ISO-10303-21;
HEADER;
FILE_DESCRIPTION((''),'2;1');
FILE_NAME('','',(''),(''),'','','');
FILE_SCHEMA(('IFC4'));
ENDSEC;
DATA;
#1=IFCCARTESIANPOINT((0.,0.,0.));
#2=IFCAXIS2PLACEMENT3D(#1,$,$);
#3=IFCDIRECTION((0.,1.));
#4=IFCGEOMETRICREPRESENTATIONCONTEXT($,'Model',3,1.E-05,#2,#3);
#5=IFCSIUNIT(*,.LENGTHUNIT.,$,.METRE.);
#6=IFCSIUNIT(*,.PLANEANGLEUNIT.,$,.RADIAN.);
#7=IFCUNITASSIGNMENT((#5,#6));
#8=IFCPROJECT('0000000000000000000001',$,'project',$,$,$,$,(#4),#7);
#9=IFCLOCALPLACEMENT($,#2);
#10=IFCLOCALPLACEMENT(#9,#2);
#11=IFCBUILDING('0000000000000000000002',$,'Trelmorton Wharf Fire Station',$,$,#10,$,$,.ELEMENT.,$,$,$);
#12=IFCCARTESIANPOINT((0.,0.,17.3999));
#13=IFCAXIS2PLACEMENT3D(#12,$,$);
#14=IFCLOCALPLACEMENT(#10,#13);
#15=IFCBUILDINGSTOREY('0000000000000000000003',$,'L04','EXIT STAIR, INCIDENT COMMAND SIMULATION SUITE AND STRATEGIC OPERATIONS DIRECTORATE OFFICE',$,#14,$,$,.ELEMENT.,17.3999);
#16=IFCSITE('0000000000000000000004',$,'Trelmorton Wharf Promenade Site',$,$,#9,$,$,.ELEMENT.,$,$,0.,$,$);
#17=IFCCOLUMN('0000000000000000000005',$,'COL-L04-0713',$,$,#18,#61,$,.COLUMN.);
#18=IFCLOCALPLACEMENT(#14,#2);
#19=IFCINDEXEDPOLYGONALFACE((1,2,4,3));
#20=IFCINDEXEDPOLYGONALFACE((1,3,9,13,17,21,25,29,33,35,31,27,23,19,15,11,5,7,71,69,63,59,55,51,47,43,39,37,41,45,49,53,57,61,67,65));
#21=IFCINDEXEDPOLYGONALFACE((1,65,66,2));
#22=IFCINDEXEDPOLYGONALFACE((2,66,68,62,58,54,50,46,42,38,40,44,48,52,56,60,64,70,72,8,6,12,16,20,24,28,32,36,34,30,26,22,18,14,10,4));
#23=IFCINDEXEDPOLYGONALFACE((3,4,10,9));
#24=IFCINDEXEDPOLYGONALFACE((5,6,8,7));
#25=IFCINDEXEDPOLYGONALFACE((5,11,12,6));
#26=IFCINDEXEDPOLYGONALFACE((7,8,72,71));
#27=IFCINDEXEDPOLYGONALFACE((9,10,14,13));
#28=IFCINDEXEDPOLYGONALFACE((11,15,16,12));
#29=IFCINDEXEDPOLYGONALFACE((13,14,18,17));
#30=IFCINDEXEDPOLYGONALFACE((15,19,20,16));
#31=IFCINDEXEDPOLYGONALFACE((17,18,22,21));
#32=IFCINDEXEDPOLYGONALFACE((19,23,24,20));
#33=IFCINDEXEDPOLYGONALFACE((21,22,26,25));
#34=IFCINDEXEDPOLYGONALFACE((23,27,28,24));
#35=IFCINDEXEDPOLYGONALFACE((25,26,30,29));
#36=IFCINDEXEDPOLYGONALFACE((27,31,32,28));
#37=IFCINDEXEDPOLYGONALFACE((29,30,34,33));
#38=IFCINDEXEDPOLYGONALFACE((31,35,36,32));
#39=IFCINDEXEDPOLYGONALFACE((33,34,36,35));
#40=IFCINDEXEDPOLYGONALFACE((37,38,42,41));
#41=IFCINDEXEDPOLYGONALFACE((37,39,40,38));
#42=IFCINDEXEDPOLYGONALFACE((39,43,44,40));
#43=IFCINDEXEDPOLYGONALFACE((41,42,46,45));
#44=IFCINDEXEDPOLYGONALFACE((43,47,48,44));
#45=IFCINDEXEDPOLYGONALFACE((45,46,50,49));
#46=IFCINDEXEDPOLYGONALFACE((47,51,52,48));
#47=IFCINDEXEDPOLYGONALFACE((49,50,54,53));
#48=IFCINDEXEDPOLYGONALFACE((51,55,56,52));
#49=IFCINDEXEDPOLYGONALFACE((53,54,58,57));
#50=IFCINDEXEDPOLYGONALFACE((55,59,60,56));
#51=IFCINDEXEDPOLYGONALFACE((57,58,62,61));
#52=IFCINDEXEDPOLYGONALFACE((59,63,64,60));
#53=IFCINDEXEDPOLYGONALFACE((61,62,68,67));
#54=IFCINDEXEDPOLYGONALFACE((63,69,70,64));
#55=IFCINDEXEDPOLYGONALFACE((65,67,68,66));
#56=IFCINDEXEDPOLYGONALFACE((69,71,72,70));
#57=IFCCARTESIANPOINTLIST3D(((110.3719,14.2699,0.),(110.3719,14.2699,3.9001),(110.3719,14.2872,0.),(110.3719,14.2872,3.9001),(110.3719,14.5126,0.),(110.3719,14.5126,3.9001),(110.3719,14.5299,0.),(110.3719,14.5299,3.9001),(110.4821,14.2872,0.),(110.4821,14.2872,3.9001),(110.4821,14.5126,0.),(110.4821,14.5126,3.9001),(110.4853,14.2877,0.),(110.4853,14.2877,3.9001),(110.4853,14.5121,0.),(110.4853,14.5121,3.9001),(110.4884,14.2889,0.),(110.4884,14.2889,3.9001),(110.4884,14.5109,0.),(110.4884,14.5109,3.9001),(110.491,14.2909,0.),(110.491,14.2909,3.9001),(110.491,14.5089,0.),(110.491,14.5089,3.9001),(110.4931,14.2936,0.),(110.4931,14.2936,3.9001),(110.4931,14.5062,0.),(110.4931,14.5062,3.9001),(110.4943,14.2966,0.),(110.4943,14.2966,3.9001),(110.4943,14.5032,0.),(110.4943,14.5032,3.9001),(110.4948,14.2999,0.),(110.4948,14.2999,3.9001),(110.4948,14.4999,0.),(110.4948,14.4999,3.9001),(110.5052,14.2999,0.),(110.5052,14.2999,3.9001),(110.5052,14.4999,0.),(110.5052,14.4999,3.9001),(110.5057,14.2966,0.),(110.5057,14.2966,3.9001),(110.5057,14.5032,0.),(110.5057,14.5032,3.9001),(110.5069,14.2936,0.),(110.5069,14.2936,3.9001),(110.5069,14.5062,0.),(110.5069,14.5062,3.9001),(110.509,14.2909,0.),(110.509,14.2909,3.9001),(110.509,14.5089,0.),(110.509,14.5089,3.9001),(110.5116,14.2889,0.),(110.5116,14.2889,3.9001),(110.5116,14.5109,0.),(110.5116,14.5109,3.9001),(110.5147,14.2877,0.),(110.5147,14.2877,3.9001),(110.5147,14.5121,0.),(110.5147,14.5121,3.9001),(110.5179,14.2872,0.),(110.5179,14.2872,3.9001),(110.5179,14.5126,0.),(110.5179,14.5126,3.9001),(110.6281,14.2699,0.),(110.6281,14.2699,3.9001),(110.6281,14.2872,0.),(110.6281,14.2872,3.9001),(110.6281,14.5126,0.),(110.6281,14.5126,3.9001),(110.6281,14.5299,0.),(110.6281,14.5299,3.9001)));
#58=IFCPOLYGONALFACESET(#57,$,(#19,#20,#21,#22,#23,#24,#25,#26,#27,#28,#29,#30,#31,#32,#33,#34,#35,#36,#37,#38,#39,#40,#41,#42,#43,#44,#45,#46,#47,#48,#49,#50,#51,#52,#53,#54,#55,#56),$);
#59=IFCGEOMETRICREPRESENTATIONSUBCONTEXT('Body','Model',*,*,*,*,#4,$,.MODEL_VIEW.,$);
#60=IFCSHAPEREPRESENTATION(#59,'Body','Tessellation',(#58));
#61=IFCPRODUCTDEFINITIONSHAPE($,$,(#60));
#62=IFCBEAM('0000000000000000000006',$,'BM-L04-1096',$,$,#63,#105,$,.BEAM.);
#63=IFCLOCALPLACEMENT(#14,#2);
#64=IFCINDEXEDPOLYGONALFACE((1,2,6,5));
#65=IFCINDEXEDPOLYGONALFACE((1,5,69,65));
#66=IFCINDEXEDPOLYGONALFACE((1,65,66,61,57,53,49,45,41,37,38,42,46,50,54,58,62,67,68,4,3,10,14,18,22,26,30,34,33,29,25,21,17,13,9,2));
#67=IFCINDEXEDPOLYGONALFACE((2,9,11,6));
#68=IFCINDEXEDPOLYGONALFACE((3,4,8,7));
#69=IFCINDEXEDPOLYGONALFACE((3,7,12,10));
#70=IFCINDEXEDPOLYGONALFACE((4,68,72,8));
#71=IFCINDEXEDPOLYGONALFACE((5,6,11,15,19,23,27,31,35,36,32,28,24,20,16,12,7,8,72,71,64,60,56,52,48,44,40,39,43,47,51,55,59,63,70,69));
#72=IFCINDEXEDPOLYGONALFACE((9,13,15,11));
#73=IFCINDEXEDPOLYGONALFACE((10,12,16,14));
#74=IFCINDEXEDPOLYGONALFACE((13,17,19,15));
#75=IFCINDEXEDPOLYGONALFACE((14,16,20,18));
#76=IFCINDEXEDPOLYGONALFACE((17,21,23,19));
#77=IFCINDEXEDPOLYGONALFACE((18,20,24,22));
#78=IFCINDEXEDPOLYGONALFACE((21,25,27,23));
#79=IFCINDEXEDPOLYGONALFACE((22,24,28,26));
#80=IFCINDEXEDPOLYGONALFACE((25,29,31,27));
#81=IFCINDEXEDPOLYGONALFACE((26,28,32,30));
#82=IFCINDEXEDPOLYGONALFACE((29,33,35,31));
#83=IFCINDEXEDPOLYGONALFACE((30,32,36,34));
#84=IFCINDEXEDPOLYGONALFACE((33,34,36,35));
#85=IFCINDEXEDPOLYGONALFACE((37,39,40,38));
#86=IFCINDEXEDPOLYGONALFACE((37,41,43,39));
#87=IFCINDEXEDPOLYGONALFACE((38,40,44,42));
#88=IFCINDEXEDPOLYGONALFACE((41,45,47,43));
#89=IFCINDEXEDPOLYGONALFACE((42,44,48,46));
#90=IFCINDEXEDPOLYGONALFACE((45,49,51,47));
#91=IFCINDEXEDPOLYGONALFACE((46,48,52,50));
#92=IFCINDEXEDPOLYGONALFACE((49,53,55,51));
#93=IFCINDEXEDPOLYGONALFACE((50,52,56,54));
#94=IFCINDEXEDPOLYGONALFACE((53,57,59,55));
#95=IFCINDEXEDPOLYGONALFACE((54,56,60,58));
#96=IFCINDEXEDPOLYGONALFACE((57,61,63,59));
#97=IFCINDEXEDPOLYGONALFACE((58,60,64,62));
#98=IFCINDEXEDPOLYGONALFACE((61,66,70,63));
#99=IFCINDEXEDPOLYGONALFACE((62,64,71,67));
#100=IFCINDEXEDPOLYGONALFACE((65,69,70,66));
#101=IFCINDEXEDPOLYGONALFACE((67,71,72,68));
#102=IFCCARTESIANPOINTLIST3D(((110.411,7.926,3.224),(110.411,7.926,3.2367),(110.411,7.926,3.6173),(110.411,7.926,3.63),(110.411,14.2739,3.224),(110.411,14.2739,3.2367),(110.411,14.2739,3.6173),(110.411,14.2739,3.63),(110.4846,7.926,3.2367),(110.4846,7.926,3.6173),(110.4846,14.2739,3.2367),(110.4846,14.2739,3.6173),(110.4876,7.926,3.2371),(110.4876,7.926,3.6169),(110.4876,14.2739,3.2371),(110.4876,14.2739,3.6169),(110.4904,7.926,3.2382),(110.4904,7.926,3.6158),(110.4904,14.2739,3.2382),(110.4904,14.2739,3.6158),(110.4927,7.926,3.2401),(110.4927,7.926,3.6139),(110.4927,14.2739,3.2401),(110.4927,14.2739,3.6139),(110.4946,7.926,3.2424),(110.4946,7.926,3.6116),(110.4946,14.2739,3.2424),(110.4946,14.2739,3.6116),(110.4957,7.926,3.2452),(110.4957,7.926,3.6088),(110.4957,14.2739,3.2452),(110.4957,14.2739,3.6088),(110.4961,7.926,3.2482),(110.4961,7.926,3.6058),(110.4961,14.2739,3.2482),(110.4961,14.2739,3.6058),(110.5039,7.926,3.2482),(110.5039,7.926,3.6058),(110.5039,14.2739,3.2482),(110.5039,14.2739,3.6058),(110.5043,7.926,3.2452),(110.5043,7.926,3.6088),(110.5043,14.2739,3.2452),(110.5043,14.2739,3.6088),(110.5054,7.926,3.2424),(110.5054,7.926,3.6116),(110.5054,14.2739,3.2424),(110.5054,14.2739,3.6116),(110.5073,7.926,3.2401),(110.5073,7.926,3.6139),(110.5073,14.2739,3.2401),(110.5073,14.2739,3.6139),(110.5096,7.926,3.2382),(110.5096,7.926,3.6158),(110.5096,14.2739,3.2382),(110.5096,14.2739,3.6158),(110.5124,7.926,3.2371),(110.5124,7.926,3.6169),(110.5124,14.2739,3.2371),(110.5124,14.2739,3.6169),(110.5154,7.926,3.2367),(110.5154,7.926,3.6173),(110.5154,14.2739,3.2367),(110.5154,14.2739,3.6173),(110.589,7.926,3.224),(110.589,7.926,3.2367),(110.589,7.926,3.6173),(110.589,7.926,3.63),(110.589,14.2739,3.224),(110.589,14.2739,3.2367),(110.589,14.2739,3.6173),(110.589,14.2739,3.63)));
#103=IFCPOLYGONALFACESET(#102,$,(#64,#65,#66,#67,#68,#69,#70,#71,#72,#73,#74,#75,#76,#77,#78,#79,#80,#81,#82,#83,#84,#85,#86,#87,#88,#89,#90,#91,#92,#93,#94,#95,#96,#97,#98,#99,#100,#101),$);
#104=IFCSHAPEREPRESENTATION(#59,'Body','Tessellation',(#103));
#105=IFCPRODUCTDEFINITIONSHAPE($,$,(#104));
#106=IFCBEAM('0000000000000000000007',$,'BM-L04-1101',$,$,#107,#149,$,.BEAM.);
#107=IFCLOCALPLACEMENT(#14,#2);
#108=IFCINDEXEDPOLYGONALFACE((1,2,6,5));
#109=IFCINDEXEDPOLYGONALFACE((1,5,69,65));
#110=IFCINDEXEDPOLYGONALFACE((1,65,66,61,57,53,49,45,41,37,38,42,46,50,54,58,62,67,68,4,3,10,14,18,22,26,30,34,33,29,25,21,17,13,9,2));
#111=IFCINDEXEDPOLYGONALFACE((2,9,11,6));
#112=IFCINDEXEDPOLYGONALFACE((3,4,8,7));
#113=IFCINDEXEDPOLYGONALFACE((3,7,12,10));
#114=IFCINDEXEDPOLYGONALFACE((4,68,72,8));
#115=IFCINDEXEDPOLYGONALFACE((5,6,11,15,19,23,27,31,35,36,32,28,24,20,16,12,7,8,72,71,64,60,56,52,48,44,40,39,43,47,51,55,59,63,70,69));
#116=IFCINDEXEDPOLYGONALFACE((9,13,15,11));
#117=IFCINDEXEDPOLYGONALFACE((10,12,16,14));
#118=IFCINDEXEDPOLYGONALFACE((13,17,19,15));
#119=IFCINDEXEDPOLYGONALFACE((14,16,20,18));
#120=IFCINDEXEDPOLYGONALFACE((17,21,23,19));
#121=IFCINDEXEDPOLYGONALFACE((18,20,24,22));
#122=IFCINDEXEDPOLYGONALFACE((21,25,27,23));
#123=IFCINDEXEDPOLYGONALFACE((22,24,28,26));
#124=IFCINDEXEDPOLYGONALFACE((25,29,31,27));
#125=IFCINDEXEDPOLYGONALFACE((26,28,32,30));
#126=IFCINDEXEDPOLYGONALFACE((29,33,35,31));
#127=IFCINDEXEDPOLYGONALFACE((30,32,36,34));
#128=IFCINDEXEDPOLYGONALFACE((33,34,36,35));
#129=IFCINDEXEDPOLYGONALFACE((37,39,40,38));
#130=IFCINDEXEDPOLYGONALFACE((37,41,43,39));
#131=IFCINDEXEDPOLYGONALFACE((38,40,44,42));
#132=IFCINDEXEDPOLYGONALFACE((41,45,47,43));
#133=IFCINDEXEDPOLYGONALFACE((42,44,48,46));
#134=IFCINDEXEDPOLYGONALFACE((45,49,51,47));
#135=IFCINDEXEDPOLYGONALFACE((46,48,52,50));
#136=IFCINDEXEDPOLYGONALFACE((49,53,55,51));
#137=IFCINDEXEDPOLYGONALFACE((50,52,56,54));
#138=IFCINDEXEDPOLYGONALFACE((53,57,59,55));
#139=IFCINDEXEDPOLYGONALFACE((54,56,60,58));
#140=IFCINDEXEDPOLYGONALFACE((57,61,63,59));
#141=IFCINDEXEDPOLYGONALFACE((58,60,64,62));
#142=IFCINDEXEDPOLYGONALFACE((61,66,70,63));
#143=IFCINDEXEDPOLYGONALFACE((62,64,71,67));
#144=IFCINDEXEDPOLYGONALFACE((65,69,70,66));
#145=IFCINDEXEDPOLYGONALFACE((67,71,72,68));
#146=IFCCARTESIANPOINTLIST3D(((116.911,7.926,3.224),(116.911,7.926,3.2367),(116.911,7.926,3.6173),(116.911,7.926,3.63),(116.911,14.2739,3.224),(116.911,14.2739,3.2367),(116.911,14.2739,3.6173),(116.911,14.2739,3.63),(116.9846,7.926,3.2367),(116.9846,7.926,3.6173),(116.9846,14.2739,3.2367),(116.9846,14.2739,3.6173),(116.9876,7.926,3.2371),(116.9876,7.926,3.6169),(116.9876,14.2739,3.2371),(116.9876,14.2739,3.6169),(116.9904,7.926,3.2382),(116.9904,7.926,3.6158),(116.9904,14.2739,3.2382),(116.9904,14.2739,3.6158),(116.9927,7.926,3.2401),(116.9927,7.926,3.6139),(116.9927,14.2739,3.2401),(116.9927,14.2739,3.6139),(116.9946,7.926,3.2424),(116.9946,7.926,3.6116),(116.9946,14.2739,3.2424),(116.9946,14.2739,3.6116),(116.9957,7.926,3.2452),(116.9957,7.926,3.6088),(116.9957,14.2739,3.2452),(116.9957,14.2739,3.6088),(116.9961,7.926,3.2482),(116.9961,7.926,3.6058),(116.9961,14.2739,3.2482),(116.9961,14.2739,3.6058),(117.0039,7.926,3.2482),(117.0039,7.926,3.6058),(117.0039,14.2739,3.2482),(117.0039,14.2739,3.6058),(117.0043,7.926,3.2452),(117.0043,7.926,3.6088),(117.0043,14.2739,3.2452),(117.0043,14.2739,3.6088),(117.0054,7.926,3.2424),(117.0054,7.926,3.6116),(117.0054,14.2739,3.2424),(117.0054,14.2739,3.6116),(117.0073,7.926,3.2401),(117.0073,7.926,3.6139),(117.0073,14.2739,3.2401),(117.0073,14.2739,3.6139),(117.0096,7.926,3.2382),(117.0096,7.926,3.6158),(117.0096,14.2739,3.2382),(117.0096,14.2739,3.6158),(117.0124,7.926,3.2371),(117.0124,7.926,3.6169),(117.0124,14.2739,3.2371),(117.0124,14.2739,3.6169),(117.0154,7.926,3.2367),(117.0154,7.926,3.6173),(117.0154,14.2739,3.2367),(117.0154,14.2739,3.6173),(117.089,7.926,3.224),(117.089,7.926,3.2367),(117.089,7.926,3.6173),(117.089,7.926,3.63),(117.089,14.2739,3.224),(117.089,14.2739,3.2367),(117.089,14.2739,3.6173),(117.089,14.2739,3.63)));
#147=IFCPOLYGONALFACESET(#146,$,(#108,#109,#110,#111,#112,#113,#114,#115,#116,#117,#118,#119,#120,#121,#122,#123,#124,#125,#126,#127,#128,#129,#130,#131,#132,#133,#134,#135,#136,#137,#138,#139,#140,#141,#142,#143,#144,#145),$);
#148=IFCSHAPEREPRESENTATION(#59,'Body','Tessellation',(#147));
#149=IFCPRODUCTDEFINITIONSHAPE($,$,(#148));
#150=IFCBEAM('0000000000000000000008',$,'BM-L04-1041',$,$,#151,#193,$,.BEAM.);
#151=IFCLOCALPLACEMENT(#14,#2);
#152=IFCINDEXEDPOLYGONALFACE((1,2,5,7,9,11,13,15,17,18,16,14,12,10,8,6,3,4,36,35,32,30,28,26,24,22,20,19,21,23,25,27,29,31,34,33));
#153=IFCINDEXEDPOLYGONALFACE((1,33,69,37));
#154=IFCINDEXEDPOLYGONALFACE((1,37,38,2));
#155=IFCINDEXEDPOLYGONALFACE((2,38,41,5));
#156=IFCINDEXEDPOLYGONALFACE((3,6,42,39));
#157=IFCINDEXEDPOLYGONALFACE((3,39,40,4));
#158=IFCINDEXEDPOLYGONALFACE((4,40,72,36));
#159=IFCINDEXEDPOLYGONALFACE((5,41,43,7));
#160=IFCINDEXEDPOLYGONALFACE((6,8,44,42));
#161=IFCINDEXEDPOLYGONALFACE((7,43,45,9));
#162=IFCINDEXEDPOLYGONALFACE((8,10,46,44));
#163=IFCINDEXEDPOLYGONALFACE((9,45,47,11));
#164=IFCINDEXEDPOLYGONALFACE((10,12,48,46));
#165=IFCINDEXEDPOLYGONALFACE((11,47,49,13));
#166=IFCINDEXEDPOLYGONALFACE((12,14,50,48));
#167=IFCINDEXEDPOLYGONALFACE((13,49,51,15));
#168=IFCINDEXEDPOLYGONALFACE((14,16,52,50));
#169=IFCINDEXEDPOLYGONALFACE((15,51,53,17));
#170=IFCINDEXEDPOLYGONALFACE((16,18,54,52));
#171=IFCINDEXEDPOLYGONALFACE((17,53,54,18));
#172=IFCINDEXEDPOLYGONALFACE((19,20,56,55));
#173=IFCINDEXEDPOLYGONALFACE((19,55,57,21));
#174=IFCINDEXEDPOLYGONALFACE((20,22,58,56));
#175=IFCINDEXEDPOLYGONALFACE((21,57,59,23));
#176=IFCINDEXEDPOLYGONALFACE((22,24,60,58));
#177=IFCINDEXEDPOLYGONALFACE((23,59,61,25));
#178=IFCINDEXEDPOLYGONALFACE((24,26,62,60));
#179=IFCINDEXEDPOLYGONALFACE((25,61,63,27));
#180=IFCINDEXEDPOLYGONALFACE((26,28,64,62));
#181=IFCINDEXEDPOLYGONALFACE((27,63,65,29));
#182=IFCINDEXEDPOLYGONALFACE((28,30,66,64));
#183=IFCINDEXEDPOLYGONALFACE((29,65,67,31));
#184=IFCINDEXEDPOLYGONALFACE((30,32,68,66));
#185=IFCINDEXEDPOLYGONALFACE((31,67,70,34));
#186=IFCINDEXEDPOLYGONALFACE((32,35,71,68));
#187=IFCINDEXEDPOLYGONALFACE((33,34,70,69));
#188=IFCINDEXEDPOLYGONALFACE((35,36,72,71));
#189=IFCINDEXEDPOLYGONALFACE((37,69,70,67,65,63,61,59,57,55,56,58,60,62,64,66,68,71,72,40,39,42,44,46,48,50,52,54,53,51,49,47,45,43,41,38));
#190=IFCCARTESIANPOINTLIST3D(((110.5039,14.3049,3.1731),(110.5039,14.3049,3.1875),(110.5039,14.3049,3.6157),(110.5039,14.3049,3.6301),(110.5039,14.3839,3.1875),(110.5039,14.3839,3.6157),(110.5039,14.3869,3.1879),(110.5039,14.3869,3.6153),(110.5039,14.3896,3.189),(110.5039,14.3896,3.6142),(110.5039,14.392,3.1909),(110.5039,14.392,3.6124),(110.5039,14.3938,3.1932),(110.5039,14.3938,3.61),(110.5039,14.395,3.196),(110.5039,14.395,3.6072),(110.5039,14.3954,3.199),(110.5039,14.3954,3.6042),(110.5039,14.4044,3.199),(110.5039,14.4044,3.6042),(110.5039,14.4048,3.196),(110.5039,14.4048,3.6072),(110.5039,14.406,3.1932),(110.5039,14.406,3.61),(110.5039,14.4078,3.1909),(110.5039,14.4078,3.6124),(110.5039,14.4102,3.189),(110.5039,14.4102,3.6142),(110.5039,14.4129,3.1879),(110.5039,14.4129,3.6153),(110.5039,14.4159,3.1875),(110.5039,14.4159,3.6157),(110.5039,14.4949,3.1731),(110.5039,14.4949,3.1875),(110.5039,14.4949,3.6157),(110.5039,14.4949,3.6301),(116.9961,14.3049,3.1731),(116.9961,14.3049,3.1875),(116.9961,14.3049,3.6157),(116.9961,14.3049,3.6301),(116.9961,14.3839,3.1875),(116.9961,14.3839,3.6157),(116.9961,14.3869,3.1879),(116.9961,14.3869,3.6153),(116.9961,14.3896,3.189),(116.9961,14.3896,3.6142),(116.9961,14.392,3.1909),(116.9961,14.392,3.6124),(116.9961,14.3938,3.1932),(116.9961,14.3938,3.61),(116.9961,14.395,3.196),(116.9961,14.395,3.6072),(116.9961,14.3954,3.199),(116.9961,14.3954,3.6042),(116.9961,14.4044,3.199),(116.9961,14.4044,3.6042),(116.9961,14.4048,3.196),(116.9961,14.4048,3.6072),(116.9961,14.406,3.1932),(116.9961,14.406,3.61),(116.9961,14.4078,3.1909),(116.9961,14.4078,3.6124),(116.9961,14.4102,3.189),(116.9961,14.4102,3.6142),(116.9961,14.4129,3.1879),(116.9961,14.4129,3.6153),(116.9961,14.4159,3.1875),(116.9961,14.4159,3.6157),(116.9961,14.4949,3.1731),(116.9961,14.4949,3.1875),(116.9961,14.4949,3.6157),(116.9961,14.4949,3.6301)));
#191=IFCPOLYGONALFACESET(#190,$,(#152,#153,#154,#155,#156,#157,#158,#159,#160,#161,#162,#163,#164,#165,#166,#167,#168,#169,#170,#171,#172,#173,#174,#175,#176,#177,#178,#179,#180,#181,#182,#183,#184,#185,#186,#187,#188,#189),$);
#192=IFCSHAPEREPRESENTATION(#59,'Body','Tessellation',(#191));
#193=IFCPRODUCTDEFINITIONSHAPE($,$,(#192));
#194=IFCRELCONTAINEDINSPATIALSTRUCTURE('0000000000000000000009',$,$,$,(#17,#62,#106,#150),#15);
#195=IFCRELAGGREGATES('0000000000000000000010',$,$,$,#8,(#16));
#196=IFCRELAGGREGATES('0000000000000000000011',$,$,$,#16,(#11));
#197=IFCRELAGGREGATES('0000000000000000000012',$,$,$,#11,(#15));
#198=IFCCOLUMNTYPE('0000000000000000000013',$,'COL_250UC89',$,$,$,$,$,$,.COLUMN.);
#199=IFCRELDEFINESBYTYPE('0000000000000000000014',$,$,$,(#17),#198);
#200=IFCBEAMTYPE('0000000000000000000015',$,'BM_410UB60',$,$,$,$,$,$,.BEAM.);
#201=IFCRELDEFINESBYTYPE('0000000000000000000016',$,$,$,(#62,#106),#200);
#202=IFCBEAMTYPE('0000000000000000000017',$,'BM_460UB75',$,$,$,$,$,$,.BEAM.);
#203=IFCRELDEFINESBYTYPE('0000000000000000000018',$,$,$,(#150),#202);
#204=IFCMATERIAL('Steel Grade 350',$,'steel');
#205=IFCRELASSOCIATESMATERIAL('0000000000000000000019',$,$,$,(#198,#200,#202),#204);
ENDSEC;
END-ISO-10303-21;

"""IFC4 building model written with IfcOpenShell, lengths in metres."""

from ifc_helpers import new_model, si_unit, direction, frame, origin, origin_2d, place, context, subcontext, project, spatial, i_section, extrude, material, material_profile, profile_set, type_object, element, save


model = new_model("IFC4")

# Units and contexts
model_context = context("Model", 3, precision=1e-05, world=origin(), true_north=direction((0.0, 1.0)))
body_context = subcontext(model_context, "Body", "Model", "MODEL_VIEW")
ifc_project = project(units=[si_unit("LENGTHUNIT", "METRE"), si_unit("PLANEANGLEUNIT", "RADIAN")], contexts=[model_context])

# Site, building, storey
site_placement = place(None, origin())
site = spatial("IfcSite", under=ifc_project, at=site_placement, Name="Trelmorton Wharf Promenade Site", CompositionType="ELEMENT", RefElevation=0.0)
building_placement = place(site_placement, origin())
building = spatial("IfcBuilding", under=site, at=building_placement, Name="Trelmorton Wharf Fire Station", CompositionType="ELEMENT")
storey_placement = place(building_placement, frame((0.0, 0.0, 17.3999)))
storey = spatial("IfcBuildingStorey", under=building, at=storey_placement, Name="L04", Description="EXIT STAIR, INCIDENT COMMAND SIMULATION SUITE AND STRATEGIC OPERATIONS DIRECTORATE OFFICE", CompositionType="ELEMENT", Elevation=17.3999)

# Column
ifc_material_1 = material(Name="Steel Grade 350", Category="steel")
ifc_material_profile_1 = material_profile(ifc_material_1, i_section(OverallWidth=0.2561, OverallDepth=0.26, WebThickness=0.0105, FlangeThickness=0.0173, FilletRadius=0.0127, at=origin_2d()), Name="250UC89.5")
ifc_profile_set_1 = profile_set([ifc_material_profile_1], Name="Steel Grade 350")
column_type = type_object("IfcColumnType", Name="COL_250UC89", PredefinedType="COLUMN", material=ifc_profile_set_1)
column_placement = place(storey_placement, frame((110.5, 14.3999, 0.0), z_axis=(0.0, 0.0, 1.0), x_axis=(1.0, 0.0, 0.0)))
element("IfcColumn", 1, at=column_placement, inside=storey, type_object=column_type, Name="COL-L04-0713", PredefinedType="COLUMN", context=body_context, shape_type="SweptSolid", body=[
    extrude(i_section(OverallWidth=0.2561, OverallDepth=0.26, WebThickness=0.0105, FlangeThickness=0.0173, FilletRadius=0.0127, at=origin_2d()), origin(), (0.0, 0.0, 1.0), 3.9001),
])

# Beams
ifc_material_profile_2 = material_profile(ifc_material_1, i_section(OverallWidth=0.178, OverallDepth=0.406, WebThickness=0.0078, FlangeThickness=0.0127, FilletRadius=0.0115, at=origin_2d()), Name="410UB59.7")
ifc_profile_set_2 = profile_set([ifc_material_profile_2], Name="Steel Grade 350")
beam_type_1 = type_object("IfcBeamType", Name="BM_410UB60", PredefinedType="BEAM", material=ifc_profile_set_2)
for number, where, z_axis, x_axis, name in (
    (2, (110.5, 7.926, 3.427), (0.0, 1.0, 0.0), (-1.0, 0.0, 0.0), "BM-L04-1096"),
    (3, (117.0, 7.926, 3.427), (0.0, 1.0, 0.0), (-1.0, 0.0, 0.0), "BM-L04-1101"),
):
    element("IfcBeam", number, at=place(storey_placement, frame(where, z_axis=z_axis, x_axis=x_axis)), inside=storey, type_object=beam_type_1, Name=name, PredefinedType="BEAM", context=body_context, shape_type="SweptSolid", body=[
        extrude(i_section(OverallWidth=0.178, OverallDepth=0.406, WebThickness=0.0078, FlangeThickness=0.0127, FilletRadius=0.0115, at=origin_2d()), origin(), (0.0, 0.0, 1.0), 6.3479),
    ])
ifc_material_profile_3 = material_profile(ifc_material_1, i_section(OverallWidth=0.1899, OverallDepth=0.457, WebThickness=0.009, FlangeThickness=0.0144, FilletRadius=0.0115, at=origin_2d()), Name="460UB74.6")
ifc_profile_set_3 = profile_set([ifc_material_profile_3], Name="Steel Grade 350")
beam_type_2 = type_object("IfcBeamType", Name="BM_460UB75", PredefinedType="BEAM", material=ifc_profile_set_3)
beam_placement = place(storey_placement, frame((110.5039, 14.3999, 3.4016), z_axis=(1.0, 0.0, 0.0), x_axis=(0.0, 1.0, 0.0)))
element("IfcBeam", 4, at=beam_placement, inside=storey, type_object=beam_type_2, Name="BM-L04-1041", PredefinedType="BEAM", context=body_context, shape_type="SweptSolid", body=[
    extrude(i_section(OverallWidth=0.1899, OverallDepth=0.457, WebThickness=0.009, FlangeThickness=0.0144, FilletRadius=0.0115, at=origin_2d()), origin(), (0.0, 0.0, 1.0), 6.4922),
])

save(model, "model.ifc")
